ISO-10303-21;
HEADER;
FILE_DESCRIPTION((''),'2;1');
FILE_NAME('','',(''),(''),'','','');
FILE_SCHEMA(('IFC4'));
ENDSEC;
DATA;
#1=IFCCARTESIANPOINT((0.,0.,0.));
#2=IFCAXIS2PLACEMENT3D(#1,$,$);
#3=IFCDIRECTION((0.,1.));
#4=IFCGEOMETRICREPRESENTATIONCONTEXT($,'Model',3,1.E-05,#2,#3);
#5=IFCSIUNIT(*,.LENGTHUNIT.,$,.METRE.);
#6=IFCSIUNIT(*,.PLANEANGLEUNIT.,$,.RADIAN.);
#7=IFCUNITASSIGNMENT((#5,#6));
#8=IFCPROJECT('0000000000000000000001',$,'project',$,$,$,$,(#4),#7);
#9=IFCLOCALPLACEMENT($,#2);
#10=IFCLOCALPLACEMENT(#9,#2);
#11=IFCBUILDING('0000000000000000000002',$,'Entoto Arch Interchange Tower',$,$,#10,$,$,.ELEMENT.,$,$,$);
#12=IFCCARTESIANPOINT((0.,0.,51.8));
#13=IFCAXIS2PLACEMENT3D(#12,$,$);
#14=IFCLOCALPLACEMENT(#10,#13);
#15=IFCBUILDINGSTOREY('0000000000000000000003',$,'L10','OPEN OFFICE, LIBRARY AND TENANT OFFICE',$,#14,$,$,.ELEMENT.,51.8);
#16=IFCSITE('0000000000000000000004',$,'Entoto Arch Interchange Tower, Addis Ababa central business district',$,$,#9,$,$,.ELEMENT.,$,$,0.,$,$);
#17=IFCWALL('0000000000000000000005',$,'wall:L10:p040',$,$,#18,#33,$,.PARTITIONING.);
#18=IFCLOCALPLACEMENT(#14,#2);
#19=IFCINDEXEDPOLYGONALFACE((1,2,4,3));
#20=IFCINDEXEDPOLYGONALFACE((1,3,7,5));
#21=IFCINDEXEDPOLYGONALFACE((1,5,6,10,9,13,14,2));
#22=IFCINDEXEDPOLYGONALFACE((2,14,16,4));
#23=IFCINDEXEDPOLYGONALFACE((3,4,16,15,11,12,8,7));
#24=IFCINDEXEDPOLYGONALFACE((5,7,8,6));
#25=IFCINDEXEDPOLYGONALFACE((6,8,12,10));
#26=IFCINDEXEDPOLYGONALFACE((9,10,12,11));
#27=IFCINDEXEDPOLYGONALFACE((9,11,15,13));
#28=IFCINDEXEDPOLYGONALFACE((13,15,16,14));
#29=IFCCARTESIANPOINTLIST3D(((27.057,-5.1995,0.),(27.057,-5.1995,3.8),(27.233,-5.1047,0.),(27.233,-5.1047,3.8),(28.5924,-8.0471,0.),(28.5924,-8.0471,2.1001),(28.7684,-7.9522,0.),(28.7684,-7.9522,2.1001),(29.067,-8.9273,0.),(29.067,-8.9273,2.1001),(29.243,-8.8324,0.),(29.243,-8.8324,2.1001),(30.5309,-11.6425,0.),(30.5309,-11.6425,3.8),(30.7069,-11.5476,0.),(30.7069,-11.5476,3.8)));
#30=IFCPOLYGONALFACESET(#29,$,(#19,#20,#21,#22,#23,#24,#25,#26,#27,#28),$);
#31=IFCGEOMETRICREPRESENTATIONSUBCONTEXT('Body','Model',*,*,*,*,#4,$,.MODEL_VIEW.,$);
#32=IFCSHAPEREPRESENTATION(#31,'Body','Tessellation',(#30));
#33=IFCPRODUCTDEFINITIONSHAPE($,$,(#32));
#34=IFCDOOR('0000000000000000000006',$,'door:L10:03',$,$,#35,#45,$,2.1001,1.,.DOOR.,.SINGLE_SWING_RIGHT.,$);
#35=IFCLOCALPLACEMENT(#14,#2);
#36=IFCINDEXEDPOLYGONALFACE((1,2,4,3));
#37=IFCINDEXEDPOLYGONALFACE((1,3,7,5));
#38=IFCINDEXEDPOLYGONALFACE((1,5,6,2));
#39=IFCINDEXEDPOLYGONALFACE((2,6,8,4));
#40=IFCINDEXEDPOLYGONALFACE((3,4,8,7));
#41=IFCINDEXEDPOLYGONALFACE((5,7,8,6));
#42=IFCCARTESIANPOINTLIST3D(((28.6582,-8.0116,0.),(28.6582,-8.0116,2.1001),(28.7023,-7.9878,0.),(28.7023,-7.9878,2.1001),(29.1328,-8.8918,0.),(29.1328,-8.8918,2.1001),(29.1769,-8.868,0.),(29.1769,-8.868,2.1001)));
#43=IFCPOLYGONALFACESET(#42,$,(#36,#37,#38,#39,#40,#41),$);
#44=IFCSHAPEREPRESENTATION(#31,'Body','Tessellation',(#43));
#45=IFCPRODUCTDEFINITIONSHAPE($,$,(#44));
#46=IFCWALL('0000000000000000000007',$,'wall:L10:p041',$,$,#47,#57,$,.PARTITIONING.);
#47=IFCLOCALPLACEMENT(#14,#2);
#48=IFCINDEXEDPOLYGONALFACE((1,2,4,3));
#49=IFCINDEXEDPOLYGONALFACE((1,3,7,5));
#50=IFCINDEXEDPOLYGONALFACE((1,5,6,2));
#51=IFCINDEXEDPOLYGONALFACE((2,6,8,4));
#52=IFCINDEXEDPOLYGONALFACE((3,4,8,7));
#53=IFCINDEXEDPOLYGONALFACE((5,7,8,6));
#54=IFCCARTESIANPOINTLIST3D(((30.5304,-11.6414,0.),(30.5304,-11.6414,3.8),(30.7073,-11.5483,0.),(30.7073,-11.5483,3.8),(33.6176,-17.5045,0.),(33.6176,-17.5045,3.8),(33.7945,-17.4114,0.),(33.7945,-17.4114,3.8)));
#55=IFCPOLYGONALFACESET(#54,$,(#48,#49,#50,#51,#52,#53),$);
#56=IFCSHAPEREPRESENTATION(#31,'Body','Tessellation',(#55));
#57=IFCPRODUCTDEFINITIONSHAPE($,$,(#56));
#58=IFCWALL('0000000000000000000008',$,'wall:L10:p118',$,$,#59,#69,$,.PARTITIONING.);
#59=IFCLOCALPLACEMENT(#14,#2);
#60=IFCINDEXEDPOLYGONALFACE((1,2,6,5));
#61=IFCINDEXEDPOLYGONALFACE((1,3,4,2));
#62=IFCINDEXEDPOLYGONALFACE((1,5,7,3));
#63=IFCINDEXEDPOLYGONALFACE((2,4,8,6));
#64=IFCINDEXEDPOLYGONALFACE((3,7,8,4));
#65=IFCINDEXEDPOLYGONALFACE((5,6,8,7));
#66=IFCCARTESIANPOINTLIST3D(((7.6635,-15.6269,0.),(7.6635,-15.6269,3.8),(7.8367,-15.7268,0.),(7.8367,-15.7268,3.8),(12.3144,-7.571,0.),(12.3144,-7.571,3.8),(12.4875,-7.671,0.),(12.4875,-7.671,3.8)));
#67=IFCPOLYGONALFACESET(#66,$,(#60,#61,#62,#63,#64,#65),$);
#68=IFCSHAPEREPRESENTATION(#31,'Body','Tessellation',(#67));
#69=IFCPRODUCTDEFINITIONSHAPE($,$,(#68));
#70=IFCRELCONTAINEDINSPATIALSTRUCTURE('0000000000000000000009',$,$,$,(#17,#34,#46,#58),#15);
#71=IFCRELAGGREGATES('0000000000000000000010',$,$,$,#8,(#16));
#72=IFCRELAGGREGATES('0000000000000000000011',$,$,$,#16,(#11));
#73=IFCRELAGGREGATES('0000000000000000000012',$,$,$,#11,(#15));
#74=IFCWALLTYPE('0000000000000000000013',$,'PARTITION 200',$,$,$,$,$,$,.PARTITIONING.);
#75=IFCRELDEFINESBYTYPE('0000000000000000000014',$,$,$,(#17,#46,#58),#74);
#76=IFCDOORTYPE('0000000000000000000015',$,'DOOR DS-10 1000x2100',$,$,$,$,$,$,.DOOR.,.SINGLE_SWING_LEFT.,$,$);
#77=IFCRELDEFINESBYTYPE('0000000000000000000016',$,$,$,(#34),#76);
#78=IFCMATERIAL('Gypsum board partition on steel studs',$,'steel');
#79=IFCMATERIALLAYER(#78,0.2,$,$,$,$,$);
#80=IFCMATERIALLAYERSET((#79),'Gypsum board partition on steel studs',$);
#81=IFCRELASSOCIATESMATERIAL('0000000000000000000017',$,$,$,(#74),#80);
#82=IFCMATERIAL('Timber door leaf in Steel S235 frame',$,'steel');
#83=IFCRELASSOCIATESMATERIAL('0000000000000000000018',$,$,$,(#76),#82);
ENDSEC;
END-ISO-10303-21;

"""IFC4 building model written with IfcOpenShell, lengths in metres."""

from ifc_helpers import new_model, si_unit, direction, frame, frame_2d, origin, place, context, subcontext, project, spatial, rectangle, extrude, material, layer, layer_set, type_object, element, fill, save


model = new_model("IFC4")

# Units and contexts
model_context = context("Model", 3, precision=1e-05, world=origin(), true_north=direction((0.0, 1.0)))
body_context = subcontext(model_context, "Body", "Model", "MODEL_VIEW")
ifc_project = project(units=[si_unit("LENGTHUNIT", "METRE"), si_unit("PLANEANGLEUNIT", "RADIAN")], contexts=[model_context])

# Site, building, storey
site_placement = place(None, origin())
site = spatial("IfcSite", under=ifc_project, at=site_placement, Name="Entoto Arch Interchange Tower, Addis Ababa central business district", CompositionType="ELEMENT", RefElevation=0.0)
building_placement = place(site_placement, origin())
building = spatial("IfcBuilding", under=site, at=building_placement, Name="Entoto Arch Interchange Tower", CompositionType="ELEMENT")
storey_placement = place(building_placement, frame((0.0, 0.0, 51.8)))
storey = spatial("IfcBuildingStorey", under=building, at=storey_placement, Name="L10", Description="OPEN OFFICE, LIBRARY AND TENANT OFFICE", CompositionType="ELEMENT", Elevation=51.8)

# Shared definitions
ifc_material_1 = material(Name="Gypsum board partition on steel studs", Category="steel")
ifc_layer_1 = layer(ifc_material_1, 0.2)
ifc_layer_set_1 = layer_set([ifc_layer_1], Name="Gypsum board partition on steel studs")
wall_type_1 = type_object("IfcWallType", Name="PARTITION 200", PredefinedType="PARTITIONING", material=ifc_layer_set_1)

# Wall, opening, door
wall_1_placement = place(storey_placement, frame((27.145, -5.1521, 0.0), z_axis=(0.0, 0.0, 1.0), x_axis=(0.474591, -0.880206, 0.0)))
wall_1 = element("IfcWall", 1, at=wall_1_placement, inside=storey, type_object=wall_type_1, Name="wall:L10:p040", PredefinedType="PARTITIONING", context=body_context, shape_type="SweptSolid", body=[
    extrude(rectangle(XDim=7.3198, YDim=0.2, at=frame_2d((3.6599, 0.0))), origin(), (0.0, 0.0, 1.0), 3.8),
])
opening_1_placement = place(wall_1_placement, frame((3.2351, 0.0, 0.0)))
opening_1 = element("IfcOpeningElement", 2, at=opening_1_placement, cuts=wall_1, PredefinedType="OPENING", context=body_context, shape_type="SweptSolid", body=[
    extrude(rectangle(XDim=1.0, YDim=2.1001, at=frame_2d((0.5, 1.05))), frame((0.0, 0.1099, 0.0), z_axis=(0.0, -1.0, 0.0), x_axis=(1.0, 0.0, 0.0)), (0.0, 0.0, 1.0), 0.22),
])
ifc_material_2 = material(Name="Timber door leaf in Steel S235 frame", Category="steel")
door_type_1 = type_object("IfcDoorType", Name="DOOR DS-10 1000x2100", OperationType="SINGLE_SWING_LEFT", PredefinedType="DOOR", material=ifc_material_2)
door_1_placement = place(opening_1_placement, origin())
door_1 = element("IfcDoor", 3, at=door_1_placement, inside=storey, type_object=door_type_1, Name="door:L10:03", OperationType="SINGLE_SWING_RIGHT", OverallHeight=2.1001, OverallWidth=1.0, PredefinedType="DOOR", context=body_context, shape_type="SweptSolid", body=[
    extrude(rectangle(XDim=1.0, YDim=2.1001, at=frame_2d((0.5, 1.05))), frame((0.0, 0.0249, 0.0), z_axis=(0.0, -1.0, 0.0), x_axis=(1.0, 0.0, 0.0)), (0.0, 0.0, 1.0), 0.05),
])
fill(opening_1, door_1)

# Walls
wall_2_placement = place(storey_placement, frame((30.6189, -11.595, 0.0), z_axis=(0.0, 0.0, 1.0), x_axis=(0.465906, -0.884834, 0.0)))
element("IfcWall", 4, at=wall_2_placement, inside=storey, type_object=wall_type_1, Name="wall:L10:p041", PredefinedType="PARTITIONING", context=body_context, shape_type="SweptSolid", body=[
    extrude(rectangle(XDim=6.6262, YDim=0.2, at=frame_2d((3.313, 0.0))), origin(), (0.0, 0.0, 1.0), 3.8),
])
wall_3_placement = place(storey_placement, frame((12.4009, -7.6211, 0.0), z_axis=(0.0, 0.0, 1.0), x_axis=(-0.499984, -0.866035, 0.0)))
element("IfcWall", 5, at=wall_3_placement, inside=storey, type_object=wall_type_1, Name="wall:L10:p118", PredefinedType="PARTITIONING", context=body_context, shape_type="SweptSolid", body=[
    extrude(rectangle(XDim=9.302, YDim=0.2, at=frame_2d((4.6509, 0.0))), origin(), (0.0, 0.0, 1.0), 3.8),
])

save(model, "model.ifc")
